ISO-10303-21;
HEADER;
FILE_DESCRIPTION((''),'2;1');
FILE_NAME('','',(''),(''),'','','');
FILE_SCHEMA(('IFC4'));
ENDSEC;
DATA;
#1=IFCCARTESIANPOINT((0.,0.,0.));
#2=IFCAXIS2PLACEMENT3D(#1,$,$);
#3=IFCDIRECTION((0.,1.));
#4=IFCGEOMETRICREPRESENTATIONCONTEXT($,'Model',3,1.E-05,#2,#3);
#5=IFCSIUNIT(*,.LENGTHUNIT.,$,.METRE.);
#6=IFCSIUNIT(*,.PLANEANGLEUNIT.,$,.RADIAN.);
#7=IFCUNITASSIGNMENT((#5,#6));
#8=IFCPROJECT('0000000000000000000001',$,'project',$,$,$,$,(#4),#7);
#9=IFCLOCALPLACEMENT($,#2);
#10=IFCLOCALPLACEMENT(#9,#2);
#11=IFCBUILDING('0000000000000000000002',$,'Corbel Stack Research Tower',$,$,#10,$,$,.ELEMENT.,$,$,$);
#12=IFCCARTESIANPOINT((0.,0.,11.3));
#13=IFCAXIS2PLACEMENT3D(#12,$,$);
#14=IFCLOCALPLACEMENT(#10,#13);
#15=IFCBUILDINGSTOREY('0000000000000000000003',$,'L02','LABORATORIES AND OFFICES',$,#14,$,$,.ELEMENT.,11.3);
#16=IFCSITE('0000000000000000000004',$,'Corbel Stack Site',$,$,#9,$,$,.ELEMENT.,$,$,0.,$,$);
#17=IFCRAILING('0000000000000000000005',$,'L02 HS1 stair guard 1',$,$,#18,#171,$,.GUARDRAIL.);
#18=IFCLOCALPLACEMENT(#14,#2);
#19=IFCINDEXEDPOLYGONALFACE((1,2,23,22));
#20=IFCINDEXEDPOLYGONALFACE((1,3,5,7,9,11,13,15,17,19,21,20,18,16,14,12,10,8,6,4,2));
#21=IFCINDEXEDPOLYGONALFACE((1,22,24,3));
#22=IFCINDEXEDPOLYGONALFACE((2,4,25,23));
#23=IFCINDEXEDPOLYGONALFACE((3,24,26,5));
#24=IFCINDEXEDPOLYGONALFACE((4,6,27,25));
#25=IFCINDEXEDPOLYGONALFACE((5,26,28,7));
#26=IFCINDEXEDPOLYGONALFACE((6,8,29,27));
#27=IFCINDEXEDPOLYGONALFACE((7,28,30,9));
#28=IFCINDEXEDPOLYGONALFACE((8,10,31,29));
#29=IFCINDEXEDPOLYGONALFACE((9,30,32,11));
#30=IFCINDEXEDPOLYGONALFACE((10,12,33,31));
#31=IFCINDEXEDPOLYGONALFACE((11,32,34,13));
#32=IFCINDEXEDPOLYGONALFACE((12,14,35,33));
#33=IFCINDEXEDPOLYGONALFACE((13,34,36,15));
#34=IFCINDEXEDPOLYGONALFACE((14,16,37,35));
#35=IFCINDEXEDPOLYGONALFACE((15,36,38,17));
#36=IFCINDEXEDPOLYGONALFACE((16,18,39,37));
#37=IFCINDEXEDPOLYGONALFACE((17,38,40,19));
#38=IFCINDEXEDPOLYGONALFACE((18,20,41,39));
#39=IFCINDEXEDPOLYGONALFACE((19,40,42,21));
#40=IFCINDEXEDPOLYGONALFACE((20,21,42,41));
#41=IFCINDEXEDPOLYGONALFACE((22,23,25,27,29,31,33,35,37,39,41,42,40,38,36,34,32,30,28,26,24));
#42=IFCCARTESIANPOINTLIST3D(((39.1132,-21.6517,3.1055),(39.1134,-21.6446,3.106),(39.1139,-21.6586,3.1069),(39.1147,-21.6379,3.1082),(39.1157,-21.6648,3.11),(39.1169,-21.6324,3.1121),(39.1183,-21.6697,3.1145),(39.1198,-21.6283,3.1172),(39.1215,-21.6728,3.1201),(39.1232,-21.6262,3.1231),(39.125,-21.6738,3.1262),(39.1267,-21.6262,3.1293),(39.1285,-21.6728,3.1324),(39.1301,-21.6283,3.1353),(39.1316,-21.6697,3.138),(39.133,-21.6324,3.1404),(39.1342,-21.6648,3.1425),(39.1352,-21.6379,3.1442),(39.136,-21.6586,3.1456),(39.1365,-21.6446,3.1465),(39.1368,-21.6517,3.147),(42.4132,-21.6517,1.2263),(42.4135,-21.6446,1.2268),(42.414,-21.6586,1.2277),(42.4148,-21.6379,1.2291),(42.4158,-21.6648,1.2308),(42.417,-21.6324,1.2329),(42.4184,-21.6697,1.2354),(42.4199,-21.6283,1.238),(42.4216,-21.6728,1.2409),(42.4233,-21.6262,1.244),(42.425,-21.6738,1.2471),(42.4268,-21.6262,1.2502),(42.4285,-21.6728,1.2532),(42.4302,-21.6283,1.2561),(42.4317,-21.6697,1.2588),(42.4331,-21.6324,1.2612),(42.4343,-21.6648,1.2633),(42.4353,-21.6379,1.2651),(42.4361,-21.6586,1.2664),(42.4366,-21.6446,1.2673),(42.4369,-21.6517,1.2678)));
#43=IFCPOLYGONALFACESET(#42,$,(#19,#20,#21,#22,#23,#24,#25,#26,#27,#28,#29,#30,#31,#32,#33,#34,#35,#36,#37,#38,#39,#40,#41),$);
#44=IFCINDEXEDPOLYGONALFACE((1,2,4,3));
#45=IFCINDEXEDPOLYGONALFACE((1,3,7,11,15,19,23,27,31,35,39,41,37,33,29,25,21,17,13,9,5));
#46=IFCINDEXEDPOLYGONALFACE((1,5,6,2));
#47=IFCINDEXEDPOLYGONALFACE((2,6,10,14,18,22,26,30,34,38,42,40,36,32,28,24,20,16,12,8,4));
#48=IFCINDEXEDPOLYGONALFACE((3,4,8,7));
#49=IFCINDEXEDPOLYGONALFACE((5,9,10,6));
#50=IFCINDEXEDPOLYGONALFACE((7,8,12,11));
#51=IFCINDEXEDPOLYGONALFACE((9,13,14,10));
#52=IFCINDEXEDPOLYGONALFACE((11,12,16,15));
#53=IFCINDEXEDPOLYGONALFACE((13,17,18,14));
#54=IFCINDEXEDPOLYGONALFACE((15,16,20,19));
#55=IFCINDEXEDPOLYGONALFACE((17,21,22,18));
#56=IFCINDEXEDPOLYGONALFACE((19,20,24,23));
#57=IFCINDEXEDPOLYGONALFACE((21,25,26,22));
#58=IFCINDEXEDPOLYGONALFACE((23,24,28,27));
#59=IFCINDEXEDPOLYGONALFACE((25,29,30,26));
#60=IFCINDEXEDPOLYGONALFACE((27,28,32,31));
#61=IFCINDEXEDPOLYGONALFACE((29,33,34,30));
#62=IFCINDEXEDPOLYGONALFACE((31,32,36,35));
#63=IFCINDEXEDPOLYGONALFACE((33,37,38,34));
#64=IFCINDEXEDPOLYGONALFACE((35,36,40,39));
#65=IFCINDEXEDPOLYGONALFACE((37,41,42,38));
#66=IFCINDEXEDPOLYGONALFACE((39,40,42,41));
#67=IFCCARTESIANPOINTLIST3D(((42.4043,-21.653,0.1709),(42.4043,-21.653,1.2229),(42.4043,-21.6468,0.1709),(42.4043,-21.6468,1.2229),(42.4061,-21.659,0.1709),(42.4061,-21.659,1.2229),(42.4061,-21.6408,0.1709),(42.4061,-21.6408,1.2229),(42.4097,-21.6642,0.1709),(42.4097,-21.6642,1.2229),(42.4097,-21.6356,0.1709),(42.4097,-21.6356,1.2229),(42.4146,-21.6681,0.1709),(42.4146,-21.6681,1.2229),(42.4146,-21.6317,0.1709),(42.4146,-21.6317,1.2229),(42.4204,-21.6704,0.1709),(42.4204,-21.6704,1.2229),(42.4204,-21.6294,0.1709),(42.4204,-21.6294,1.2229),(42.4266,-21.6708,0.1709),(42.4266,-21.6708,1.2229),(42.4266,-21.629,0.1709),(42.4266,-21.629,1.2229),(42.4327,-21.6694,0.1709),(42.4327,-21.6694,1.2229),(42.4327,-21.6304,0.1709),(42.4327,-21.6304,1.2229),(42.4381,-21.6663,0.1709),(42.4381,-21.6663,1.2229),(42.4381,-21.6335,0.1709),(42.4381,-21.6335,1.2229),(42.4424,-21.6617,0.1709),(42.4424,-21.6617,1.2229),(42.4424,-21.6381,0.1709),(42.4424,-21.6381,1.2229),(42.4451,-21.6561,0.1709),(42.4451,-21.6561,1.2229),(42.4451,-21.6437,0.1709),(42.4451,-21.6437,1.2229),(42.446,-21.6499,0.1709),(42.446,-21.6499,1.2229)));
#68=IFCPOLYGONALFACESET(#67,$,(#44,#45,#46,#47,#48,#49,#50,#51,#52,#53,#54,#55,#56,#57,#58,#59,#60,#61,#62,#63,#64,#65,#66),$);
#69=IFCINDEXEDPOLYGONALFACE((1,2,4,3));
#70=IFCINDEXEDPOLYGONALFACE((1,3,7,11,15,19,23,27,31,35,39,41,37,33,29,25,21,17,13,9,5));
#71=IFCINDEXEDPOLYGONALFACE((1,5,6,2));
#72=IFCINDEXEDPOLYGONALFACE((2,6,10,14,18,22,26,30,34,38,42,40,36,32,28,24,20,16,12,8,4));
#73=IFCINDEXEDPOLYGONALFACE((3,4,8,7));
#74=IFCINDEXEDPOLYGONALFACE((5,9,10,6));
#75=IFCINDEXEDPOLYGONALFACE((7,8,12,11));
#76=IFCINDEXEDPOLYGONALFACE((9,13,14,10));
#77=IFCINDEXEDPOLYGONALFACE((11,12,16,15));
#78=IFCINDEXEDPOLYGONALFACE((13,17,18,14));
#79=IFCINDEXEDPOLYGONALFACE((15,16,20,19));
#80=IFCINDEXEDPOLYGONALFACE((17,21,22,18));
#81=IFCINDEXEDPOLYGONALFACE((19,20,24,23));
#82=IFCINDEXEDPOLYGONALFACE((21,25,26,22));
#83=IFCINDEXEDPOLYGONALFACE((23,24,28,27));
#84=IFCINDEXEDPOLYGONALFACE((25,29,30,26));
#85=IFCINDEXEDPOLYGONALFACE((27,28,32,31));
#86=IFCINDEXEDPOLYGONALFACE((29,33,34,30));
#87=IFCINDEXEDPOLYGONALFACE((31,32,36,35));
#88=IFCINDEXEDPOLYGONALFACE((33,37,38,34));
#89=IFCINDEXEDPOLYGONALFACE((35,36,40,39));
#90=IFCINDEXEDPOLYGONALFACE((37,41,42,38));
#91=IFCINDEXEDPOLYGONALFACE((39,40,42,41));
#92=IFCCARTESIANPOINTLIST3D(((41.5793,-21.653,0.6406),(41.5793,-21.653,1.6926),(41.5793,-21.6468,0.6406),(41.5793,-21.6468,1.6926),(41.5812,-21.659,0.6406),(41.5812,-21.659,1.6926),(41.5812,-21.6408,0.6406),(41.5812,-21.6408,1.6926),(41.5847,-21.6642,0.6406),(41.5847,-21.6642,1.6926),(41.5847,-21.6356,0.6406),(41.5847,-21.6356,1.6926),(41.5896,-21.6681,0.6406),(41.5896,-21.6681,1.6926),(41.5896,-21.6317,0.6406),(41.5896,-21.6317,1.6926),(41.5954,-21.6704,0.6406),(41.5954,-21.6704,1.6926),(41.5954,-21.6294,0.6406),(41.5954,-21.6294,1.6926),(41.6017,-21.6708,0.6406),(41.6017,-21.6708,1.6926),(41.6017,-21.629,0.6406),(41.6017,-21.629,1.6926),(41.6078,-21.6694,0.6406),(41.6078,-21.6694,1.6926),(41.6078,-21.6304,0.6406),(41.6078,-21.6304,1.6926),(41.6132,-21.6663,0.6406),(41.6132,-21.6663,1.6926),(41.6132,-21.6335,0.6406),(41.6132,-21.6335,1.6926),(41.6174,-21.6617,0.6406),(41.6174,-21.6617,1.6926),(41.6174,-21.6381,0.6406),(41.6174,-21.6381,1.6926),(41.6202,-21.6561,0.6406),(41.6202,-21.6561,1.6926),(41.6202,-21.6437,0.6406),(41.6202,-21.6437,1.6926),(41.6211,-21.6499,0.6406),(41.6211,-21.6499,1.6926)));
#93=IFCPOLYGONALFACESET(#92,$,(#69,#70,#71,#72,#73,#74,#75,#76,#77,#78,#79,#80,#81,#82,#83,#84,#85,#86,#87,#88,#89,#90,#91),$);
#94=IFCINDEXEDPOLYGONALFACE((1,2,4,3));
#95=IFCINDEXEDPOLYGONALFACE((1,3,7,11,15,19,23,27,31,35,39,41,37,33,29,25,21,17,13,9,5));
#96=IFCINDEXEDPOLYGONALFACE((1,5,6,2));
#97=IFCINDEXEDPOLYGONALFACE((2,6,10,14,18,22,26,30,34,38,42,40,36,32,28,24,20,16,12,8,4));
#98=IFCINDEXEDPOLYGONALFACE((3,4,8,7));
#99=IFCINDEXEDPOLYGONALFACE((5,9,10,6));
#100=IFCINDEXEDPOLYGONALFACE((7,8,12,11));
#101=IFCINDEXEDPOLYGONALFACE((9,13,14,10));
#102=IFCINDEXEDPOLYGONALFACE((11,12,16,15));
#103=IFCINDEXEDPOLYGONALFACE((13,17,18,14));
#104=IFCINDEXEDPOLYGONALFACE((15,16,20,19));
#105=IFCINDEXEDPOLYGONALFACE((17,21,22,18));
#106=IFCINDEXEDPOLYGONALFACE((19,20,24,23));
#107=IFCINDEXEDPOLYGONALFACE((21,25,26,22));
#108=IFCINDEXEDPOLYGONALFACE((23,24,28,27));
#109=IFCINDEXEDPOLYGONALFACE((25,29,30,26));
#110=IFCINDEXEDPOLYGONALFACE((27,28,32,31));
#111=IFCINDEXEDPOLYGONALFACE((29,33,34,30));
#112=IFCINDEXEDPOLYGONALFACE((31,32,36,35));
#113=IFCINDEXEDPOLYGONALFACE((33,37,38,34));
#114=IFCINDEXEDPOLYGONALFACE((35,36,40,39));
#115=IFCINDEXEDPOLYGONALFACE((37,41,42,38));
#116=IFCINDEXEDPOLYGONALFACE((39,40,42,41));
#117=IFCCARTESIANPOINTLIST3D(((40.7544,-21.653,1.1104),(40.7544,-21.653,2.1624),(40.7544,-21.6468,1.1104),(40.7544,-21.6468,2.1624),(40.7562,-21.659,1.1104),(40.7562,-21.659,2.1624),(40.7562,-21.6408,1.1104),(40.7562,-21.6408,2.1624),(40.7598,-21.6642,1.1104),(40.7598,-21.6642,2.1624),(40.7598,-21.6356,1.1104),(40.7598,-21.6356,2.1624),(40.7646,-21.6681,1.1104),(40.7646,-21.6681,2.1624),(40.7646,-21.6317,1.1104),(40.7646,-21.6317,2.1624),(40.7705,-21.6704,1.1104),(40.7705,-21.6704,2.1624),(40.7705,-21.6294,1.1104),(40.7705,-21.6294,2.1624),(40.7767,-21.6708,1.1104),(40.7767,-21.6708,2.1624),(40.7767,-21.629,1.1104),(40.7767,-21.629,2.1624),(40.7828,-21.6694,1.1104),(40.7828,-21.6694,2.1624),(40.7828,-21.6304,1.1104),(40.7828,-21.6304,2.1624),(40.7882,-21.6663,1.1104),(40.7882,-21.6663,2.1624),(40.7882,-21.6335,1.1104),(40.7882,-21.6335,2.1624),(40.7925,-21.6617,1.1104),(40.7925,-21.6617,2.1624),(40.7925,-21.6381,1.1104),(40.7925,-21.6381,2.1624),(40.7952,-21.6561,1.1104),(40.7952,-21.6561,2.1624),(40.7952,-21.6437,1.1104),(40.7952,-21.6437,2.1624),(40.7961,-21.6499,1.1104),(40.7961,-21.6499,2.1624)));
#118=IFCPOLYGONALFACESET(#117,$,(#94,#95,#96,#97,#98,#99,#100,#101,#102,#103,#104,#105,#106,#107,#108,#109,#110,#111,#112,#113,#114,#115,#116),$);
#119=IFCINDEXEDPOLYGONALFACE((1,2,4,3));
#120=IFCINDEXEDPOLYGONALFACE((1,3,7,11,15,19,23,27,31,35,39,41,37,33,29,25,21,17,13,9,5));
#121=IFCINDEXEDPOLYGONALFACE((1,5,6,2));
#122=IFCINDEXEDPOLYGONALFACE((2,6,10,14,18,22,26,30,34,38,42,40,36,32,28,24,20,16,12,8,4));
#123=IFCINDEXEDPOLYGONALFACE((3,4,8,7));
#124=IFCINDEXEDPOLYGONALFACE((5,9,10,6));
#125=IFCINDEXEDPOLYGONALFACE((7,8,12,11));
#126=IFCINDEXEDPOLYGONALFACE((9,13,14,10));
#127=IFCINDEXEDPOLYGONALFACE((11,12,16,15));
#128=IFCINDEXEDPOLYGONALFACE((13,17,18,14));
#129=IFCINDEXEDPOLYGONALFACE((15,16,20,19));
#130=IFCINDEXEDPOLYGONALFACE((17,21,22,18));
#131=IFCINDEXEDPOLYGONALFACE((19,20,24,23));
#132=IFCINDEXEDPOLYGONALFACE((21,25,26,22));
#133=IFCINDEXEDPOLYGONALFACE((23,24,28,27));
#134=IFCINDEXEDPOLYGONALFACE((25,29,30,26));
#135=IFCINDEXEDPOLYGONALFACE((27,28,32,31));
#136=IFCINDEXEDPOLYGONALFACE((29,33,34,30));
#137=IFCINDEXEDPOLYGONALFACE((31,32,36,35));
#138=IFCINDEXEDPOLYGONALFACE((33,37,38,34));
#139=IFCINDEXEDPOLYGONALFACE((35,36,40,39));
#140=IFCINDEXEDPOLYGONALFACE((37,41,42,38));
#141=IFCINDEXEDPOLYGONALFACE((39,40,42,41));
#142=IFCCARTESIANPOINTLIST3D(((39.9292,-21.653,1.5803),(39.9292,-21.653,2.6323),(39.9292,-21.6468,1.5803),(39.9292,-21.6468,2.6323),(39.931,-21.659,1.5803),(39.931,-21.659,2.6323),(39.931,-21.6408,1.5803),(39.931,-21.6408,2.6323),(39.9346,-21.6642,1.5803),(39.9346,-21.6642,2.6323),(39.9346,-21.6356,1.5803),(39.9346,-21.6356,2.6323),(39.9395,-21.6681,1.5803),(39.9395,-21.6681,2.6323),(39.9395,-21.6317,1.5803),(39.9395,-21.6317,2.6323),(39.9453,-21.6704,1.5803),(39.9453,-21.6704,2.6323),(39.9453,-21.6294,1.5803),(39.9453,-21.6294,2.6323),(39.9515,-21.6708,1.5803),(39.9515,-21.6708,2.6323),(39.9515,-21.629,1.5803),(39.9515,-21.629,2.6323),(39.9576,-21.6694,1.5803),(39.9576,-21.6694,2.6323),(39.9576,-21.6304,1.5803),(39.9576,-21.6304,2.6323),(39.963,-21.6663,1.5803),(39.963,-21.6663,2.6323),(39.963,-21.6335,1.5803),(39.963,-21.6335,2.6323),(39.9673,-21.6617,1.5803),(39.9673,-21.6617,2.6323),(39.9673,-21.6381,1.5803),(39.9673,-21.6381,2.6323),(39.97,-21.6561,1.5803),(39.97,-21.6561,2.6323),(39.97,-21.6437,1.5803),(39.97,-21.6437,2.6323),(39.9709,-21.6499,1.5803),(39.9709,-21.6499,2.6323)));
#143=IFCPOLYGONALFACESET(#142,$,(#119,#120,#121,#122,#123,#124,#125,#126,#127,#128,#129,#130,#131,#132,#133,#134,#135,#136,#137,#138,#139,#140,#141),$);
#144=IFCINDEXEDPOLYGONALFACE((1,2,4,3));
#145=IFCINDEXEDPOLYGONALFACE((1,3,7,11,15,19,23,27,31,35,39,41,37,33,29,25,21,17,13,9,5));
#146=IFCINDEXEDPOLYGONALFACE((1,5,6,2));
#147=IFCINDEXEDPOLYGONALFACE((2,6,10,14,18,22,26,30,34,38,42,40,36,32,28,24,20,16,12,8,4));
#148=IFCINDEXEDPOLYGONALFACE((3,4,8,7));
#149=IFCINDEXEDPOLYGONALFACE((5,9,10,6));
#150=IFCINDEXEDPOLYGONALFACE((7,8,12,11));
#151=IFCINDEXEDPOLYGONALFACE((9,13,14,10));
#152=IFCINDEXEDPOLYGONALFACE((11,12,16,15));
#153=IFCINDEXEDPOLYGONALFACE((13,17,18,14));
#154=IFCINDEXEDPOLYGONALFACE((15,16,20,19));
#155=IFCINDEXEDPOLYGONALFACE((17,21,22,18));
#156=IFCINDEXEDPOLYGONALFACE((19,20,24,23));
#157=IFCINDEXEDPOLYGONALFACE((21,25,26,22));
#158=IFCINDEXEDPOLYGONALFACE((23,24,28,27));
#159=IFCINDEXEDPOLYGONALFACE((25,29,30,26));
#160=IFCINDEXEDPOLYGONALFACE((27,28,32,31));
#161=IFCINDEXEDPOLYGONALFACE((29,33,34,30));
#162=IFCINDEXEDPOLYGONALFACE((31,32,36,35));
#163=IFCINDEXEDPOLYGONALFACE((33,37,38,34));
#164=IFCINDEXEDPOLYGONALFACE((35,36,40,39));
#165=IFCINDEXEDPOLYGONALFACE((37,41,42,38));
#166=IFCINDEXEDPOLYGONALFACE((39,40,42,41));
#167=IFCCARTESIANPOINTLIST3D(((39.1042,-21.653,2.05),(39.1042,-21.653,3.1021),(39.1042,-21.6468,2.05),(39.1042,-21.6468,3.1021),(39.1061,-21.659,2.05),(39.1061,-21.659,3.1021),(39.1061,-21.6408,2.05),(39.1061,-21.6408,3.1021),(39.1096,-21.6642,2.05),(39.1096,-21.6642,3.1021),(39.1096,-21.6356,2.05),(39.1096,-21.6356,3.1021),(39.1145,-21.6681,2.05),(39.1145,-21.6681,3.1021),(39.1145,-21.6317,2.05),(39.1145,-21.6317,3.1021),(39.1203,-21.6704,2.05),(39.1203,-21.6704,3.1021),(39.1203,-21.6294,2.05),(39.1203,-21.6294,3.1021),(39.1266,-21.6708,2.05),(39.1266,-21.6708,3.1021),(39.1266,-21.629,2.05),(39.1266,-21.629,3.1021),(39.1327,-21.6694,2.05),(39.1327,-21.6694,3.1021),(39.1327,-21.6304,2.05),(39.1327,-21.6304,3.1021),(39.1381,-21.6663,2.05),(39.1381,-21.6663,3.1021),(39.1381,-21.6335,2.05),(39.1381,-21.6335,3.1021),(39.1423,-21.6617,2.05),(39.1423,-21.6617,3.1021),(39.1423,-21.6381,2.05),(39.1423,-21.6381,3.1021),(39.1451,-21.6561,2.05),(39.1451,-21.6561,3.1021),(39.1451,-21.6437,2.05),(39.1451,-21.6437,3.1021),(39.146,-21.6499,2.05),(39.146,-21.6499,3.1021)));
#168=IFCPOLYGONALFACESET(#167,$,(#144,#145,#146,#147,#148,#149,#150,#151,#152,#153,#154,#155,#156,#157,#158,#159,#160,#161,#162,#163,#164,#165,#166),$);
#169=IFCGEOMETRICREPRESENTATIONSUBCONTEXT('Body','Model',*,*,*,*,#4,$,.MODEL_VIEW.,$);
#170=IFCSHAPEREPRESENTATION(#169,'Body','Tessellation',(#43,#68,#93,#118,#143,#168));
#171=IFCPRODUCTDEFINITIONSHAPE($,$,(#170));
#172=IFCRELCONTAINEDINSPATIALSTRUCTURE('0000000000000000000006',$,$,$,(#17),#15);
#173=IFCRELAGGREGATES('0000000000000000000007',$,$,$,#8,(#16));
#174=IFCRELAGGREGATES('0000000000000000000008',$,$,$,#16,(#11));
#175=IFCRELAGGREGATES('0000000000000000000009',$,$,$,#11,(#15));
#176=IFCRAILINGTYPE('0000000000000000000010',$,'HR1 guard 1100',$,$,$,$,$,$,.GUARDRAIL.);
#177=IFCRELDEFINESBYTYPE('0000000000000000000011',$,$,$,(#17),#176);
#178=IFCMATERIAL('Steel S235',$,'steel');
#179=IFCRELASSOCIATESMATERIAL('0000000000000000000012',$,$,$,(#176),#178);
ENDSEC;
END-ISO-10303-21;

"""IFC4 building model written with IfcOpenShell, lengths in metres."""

from ifc_helpers import new_model, si_unit, direction, frame, origin, origin_2d, place, context, subcontext, project, spatial, circle, extrude, material, type_object, element, save


model = new_model("IFC4")

# Units and contexts
model_context = context("Model", 3, precision=1e-05, world=origin(), true_north=direction((0.0, 1.0)))
body_context = subcontext(model_context, "Body", "Model", "MODEL_VIEW")
ifc_project = project(units=[si_unit("LENGTHUNIT", "METRE"), si_unit("PLANEANGLEUNIT", "RADIAN")], contexts=[model_context])

# Site, building, storey
site_placement = place(None, origin())
site = spatial("IfcSite", under=ifc_project, at=site_placement, Name="Corbel Stack Site", CompositionType="ELEMENT", RefElevation=0.0)
building_placement = place(site_placement, origin())
building = spatial("IfcBuilding", under=site, at=building_placement, Name="Corbel Stack Research Tower", CompositionType="ELEMENT")
storey_placement = place(building_placement, frame((0.0, 0.0, 11.3)))
storey = spatial("IfcBuildingStorey", under=building, at=storey_placement, Name="L02", Description="LABORATORIES AND OFFICES", CompositionType="ELEMENT", Elevation=11.3)

# Railing
ifc_material_1 = material(Name="Steel S235", Category="steel")
railing_type_1 = type_object("IfcRailingType", Name="HR1 guard 1100", PredefinedType="GUARDRAIL", material=ifc_material_1)
railing_1_placement = place(storey_placement, frame((42.425, -21.6499, 0.1709)))
element("IfcRailing", 1, at=railing_1_placement, inside=storey, type_object=railing_type_1, Name="L02 HS1 stair guard 1", PredefinedType="GUARDRAIL", context=body_context, shape_type="SweptSolid", body=[
    extrude(circle(Radius=0.0239, at=origin_2d()), frame((0.0, 0.0, 1.0762), z_axis=(-0.86899, 0.0, 0.49483), x_axis=(0.0, -1.0, 0.0)), (0.0, 0.0, 1.0), 3.7976),
    extrude(circle(Radius=0.021, at=origin_2d()), origin(), (0.0, 0.0, 1.0), 1.052),
    extrude(circle(Radius=0.021, at=origin_2d()), frame((-0.825, 0.0, 0.4697)), (0.0, 0.0, 1.0), 1.052),
    extrude(circle(Radius=0.021, at=origin_2d()), frame((-1.6499, 0.0, 0.9395)), (0.0, 0.0, 1.0), 1.052),
    extrude(circle(Radius=0.021, at=origin_2d()), frame((-2.4751, 0.0, 1.4094)), (0.0, 0.0, 1.0), 1.052),
    extrude(circle(Radius=0.021, at=origin_2d()), frame((-3.3, 0.0, 1.8792)), (0.0, 0.0, 1.0), 1.052),
])

save(model, "model.ifc")
